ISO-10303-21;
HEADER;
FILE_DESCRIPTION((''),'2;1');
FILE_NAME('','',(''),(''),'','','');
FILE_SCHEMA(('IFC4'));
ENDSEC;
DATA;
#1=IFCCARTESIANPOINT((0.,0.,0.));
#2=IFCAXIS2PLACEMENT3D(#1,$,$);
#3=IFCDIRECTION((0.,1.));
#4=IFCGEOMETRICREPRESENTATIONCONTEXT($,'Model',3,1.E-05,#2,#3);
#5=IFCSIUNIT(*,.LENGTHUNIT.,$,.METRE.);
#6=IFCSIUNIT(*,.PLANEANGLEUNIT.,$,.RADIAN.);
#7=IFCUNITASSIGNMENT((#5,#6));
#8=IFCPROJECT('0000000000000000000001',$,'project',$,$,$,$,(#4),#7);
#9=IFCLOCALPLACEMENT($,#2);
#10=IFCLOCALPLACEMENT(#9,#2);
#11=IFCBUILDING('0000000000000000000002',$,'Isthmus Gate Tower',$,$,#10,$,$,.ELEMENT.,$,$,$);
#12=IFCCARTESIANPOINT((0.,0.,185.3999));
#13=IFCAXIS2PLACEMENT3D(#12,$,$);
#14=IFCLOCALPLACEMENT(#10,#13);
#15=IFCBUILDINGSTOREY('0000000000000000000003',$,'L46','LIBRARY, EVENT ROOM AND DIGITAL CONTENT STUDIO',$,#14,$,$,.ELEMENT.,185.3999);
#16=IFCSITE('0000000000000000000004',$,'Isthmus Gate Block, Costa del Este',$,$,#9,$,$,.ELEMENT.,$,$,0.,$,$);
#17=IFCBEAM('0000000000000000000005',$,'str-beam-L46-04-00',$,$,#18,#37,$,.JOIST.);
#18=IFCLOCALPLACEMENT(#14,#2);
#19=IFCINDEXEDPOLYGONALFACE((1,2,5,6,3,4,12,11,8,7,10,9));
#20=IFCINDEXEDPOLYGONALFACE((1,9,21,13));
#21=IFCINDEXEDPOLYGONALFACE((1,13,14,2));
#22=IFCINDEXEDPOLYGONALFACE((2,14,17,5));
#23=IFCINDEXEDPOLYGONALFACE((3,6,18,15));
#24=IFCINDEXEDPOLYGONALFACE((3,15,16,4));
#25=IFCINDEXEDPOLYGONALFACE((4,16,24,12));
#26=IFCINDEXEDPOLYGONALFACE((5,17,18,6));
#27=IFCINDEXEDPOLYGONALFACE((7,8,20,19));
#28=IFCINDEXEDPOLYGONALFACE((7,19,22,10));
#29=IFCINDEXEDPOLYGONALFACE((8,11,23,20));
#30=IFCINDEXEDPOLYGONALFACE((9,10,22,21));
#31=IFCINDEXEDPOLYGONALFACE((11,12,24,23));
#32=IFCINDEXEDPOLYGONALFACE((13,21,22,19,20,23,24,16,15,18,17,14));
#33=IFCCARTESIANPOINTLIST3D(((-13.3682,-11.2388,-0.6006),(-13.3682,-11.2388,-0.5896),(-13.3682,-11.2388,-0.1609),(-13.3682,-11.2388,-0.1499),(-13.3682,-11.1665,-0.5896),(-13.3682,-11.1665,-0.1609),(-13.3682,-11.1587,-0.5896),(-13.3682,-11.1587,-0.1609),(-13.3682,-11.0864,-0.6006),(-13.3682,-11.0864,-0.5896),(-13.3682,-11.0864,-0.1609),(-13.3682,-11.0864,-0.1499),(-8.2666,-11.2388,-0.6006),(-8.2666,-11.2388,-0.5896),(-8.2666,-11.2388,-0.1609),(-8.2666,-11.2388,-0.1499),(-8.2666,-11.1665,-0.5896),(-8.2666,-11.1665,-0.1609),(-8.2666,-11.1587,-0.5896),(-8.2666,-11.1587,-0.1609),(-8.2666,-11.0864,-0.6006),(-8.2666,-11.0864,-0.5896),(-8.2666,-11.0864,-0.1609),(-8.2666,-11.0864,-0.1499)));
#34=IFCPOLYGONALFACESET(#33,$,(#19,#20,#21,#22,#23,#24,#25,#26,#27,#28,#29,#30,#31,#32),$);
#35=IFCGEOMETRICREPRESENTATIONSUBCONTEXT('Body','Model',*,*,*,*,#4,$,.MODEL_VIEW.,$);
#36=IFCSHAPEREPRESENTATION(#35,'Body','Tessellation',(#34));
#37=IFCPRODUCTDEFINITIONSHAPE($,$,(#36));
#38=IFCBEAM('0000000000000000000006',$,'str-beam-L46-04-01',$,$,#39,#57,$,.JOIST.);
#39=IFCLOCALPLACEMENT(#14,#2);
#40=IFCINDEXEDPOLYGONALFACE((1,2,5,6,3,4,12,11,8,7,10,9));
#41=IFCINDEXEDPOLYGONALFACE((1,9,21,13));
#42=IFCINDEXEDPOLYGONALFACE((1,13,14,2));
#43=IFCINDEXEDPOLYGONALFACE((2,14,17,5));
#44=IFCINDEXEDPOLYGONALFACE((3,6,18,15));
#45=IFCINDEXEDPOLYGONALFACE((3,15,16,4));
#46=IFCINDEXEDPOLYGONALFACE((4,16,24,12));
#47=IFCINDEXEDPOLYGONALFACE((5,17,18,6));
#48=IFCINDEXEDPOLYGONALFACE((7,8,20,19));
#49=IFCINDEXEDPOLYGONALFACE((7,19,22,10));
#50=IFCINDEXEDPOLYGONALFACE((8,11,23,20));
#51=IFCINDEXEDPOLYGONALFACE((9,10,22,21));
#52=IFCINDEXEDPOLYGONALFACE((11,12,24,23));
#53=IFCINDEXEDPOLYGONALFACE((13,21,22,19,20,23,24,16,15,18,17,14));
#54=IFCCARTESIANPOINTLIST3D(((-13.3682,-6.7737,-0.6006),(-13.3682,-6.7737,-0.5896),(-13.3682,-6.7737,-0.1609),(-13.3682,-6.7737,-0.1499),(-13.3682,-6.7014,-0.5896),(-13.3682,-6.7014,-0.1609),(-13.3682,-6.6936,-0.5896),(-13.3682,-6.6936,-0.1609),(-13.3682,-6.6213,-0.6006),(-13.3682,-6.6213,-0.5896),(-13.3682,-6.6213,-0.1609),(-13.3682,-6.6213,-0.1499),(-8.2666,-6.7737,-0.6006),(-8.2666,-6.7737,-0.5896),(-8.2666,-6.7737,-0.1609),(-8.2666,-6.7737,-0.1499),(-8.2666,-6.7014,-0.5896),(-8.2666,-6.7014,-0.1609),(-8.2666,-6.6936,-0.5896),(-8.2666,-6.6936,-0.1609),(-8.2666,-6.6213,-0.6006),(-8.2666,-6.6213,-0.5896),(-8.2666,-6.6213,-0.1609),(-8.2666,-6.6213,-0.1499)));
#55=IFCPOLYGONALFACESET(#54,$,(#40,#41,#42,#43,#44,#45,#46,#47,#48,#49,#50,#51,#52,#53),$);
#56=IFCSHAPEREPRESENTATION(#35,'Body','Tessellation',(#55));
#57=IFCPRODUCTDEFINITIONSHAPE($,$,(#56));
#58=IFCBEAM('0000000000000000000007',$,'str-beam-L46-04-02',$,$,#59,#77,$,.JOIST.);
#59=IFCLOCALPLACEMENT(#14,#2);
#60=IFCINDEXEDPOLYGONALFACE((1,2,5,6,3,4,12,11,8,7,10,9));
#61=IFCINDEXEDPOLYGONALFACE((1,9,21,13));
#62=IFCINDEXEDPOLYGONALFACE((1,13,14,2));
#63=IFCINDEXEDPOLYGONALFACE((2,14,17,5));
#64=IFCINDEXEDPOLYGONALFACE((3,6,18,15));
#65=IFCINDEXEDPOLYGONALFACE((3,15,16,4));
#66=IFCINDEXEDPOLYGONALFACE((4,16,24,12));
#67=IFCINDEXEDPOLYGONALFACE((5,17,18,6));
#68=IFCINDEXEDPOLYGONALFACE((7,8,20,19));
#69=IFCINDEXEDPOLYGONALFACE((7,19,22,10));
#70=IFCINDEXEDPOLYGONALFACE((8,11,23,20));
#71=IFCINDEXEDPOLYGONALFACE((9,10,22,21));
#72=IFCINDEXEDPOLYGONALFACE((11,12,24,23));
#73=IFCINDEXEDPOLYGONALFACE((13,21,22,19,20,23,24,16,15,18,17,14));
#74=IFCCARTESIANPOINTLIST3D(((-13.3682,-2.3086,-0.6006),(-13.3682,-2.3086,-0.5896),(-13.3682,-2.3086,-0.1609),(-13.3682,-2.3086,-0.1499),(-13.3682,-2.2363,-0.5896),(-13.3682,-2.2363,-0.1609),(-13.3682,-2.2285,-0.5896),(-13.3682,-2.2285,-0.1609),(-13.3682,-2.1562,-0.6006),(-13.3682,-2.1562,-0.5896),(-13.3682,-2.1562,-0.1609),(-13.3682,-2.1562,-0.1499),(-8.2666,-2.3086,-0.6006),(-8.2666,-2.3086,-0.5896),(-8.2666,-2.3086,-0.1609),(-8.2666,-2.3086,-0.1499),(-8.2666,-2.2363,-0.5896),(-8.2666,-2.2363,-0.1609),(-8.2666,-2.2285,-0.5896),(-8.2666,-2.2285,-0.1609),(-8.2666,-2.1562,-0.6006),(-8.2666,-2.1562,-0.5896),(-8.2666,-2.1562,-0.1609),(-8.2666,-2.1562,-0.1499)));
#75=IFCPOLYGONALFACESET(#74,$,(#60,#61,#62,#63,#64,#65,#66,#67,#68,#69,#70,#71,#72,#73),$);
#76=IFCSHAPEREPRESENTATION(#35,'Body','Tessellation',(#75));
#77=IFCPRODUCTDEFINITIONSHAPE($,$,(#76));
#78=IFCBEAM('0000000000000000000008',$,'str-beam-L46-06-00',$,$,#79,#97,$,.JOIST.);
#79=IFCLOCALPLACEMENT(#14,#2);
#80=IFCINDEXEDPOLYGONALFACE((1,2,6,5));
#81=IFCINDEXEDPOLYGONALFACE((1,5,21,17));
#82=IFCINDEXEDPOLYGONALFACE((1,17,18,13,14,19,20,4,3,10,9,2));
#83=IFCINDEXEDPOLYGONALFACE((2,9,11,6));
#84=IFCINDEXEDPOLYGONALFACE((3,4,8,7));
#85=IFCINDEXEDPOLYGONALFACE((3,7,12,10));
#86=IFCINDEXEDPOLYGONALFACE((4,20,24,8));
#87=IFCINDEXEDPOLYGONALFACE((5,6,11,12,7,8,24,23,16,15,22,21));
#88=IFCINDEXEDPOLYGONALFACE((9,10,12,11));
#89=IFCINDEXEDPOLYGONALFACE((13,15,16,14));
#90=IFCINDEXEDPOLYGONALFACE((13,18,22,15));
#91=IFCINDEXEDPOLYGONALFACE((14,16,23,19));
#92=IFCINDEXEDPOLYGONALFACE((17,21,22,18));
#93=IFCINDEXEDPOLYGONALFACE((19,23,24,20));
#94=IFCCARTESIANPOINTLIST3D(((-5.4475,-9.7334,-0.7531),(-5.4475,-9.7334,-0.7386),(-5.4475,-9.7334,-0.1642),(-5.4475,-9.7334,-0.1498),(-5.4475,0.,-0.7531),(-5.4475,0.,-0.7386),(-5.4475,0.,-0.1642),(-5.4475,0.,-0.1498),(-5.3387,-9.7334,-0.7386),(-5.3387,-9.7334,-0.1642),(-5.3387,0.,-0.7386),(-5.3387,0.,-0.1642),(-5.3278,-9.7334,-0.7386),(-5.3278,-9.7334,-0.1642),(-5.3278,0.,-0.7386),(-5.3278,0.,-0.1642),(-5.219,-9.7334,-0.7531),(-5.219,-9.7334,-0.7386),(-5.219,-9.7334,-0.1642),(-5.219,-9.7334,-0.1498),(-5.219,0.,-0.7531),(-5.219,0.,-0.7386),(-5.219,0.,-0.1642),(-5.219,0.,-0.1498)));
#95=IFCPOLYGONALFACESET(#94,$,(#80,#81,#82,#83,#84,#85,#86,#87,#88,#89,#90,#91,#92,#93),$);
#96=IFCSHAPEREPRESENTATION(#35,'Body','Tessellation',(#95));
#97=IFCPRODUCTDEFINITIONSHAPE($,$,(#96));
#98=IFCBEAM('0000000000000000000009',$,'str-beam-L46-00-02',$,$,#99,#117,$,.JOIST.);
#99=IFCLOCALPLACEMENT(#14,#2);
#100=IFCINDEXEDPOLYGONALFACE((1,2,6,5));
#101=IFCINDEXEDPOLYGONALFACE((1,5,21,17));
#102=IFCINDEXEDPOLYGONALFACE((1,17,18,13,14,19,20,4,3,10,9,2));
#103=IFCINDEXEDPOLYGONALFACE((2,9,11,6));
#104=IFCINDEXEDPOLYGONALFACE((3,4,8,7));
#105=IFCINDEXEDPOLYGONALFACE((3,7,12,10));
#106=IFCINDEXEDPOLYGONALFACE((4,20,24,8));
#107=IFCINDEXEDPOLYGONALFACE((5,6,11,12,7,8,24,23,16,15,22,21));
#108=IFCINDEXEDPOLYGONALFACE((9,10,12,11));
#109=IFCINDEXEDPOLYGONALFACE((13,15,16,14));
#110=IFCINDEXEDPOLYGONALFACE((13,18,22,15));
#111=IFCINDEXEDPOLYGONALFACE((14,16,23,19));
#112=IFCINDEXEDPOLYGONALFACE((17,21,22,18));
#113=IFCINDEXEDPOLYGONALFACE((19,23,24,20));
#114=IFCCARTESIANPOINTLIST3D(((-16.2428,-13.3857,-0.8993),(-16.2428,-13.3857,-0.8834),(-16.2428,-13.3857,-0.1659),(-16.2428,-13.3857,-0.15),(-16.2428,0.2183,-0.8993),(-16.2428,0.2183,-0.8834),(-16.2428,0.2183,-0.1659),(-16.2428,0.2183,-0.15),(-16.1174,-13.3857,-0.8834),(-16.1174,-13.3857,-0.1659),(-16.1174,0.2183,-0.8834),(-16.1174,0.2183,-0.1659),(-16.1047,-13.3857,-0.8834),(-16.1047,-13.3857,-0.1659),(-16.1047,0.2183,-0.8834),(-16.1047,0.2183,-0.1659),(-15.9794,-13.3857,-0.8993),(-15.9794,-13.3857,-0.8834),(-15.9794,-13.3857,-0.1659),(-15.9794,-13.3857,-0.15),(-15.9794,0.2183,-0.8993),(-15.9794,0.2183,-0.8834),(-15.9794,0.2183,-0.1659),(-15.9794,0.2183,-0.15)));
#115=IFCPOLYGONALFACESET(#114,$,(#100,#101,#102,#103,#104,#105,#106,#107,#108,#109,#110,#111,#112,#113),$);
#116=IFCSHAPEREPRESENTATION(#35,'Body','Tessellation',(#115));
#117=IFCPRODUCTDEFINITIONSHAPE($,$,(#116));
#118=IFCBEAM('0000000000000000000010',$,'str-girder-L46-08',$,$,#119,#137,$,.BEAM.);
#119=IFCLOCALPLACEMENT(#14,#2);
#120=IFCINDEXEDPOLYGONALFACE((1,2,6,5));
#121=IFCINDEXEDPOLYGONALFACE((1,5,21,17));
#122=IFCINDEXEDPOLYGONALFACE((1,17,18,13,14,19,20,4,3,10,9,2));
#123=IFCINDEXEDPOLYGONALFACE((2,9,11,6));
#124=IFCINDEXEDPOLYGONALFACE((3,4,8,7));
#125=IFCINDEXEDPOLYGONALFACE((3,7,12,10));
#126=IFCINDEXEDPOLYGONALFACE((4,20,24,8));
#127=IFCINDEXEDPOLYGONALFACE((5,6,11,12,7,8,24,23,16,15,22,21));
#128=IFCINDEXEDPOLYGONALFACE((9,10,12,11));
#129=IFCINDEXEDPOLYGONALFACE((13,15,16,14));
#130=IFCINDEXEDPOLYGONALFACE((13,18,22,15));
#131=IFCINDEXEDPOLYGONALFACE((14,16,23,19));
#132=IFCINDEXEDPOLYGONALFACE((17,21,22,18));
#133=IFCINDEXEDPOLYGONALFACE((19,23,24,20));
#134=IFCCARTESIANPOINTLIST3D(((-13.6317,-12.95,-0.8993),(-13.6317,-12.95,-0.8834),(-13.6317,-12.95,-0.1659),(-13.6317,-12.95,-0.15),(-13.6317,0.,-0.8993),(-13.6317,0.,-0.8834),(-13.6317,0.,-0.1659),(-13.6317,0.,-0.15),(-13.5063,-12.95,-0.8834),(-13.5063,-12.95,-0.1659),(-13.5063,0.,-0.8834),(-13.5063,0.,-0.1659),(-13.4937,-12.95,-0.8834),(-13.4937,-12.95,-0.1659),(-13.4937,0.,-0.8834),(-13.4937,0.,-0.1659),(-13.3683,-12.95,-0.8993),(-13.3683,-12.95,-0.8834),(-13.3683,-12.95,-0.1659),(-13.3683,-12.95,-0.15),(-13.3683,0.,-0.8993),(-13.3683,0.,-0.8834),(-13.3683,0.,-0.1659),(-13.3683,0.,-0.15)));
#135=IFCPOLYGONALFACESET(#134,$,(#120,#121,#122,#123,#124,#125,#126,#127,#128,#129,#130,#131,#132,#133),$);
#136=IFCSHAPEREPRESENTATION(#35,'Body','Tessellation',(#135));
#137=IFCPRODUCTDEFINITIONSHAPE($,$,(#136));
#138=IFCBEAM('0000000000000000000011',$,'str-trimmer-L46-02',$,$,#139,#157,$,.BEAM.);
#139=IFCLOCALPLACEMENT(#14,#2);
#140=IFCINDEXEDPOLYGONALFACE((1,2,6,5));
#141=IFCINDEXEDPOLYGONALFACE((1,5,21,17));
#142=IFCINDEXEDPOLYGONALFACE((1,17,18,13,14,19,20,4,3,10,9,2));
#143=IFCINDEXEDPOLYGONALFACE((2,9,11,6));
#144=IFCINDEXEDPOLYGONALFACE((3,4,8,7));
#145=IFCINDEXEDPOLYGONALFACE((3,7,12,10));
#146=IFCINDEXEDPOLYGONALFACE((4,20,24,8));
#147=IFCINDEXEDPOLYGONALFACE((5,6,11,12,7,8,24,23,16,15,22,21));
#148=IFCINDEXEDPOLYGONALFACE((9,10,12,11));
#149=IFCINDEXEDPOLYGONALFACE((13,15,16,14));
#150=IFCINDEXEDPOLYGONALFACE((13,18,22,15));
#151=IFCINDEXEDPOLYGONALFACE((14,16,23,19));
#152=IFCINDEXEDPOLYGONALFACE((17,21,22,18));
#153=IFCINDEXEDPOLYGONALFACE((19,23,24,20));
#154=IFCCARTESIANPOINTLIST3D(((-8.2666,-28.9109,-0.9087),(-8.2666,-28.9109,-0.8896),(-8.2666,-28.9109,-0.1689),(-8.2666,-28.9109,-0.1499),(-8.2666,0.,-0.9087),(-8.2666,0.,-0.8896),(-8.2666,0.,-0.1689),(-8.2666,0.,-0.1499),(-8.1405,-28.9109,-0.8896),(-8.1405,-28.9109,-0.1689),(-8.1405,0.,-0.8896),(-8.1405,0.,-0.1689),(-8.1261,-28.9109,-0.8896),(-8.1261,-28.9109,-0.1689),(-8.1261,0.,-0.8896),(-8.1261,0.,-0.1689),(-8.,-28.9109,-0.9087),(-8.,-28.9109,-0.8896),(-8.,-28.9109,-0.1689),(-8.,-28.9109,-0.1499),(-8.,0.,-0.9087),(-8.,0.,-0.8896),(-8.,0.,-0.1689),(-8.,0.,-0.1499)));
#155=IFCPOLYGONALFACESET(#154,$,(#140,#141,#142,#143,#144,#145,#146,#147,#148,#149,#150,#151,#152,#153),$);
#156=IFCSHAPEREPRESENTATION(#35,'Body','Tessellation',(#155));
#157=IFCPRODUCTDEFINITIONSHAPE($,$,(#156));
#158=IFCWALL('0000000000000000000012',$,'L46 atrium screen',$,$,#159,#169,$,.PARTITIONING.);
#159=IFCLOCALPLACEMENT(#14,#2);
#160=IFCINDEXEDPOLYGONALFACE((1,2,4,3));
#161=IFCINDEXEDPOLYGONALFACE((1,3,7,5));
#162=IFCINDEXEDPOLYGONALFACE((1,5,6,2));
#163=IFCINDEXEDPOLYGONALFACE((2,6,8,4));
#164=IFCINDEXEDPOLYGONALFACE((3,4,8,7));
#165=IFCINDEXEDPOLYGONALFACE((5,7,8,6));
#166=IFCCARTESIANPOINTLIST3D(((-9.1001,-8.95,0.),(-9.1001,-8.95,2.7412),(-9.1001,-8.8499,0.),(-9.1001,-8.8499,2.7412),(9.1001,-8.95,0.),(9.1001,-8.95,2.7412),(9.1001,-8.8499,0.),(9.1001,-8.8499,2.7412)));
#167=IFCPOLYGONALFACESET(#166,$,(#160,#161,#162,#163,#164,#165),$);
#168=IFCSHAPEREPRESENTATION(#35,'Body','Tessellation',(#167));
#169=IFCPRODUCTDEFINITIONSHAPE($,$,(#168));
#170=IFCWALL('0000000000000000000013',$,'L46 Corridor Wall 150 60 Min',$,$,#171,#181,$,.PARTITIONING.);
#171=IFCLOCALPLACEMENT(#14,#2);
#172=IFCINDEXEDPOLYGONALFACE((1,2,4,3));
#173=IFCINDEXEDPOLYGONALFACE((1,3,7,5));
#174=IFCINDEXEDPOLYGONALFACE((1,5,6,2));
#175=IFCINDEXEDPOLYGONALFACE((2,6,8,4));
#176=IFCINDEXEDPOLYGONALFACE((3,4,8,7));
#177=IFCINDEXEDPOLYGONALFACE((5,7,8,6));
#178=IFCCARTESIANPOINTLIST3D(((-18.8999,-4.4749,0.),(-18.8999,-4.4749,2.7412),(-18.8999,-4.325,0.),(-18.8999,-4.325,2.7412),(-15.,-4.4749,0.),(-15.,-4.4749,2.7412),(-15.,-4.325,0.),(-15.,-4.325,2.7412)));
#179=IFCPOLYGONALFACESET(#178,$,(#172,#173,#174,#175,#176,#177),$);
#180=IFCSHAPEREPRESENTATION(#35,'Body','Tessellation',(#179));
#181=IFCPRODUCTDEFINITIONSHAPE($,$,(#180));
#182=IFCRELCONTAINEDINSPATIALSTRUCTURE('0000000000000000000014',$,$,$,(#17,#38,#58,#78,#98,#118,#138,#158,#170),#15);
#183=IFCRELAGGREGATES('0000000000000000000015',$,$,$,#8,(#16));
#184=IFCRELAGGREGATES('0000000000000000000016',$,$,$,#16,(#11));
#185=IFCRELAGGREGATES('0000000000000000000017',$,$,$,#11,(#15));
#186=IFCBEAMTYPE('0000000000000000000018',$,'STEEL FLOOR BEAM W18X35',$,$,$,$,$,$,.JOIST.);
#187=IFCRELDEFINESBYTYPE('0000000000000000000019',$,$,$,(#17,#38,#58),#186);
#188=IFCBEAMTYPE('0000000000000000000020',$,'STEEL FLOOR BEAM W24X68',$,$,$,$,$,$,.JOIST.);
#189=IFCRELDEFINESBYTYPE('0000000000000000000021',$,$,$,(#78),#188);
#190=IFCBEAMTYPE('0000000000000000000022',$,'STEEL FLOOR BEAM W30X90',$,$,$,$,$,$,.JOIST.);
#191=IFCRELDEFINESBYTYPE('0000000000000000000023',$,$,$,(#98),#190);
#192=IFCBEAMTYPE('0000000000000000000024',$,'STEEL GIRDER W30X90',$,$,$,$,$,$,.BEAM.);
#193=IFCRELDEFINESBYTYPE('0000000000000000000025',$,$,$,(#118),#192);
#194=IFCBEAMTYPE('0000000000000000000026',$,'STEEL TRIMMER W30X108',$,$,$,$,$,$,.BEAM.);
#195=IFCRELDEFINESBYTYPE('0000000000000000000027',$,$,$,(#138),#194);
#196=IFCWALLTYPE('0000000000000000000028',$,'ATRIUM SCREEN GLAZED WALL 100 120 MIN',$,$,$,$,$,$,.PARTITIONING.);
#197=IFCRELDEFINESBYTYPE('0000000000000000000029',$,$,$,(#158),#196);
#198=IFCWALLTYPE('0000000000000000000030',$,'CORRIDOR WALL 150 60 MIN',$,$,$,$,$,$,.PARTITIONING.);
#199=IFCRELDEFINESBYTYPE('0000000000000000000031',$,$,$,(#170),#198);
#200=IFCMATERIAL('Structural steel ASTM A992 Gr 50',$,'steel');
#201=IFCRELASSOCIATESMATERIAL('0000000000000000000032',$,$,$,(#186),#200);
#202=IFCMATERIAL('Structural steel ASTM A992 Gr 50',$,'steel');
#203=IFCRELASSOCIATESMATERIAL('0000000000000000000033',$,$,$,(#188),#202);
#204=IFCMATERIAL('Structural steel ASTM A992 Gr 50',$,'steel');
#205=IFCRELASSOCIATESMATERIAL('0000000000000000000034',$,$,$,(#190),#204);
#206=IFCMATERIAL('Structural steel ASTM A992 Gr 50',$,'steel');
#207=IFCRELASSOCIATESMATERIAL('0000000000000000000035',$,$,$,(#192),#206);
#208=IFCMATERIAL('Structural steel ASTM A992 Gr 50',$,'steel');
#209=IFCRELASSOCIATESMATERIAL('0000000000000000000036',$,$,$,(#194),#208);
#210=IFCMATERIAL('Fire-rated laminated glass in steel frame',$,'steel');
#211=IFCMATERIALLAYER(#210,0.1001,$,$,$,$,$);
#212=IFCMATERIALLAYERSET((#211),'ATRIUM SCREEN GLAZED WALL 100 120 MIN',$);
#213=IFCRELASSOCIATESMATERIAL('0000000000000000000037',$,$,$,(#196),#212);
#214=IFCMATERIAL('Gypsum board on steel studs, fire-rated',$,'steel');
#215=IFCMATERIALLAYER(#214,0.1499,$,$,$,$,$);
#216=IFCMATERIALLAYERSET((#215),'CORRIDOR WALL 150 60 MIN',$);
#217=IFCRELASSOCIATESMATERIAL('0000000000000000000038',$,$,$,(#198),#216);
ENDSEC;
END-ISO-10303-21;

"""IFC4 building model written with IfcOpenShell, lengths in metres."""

from ifc_helpers import new_model, si_unit, direction, frame, frame_2d, origin, origin_2d, place, context, subcontext, project, spatial, rectangle, i_section, extrude, material, layer, layer_set, material_profile, profile_set, type_object, element, save


model = new_model("IFC4")

# Units and contexts
model_context = context("Model", 3, precision=1e-05, world=origin(), true_north=direction((0.0, 1.0)))
body_context = subcontext(model_context, "Body", "Model", "MODEL_VIEW")
ifc_project = project(units=[si_unit("LENGTHUNIT", "METRE"), si_unit("PLANEANGLEUNIT", "RADIAN")], contexts=[model_context])

# Site, building, storey
site_placement = place(None, origin())
site = spatial("IfcSite", under=ifc_project, at=site_placement, Name="Isthmus Gate Block, Costa del Este", CompositionType="ELEMENT", RefElevation=0.0)
building_placement = place(site_placement, origin())
building = spatial("IfcBuilding", under=site, at=building_placement, Name="Isthmus Gate Tower", CompositionType="ELEMENT")
storey_placement = place(building_placement, frame((0.0, 0.0, 185.3999)))
storey = spatial("IfcBuildingStorey", under=building, at=storey_placement, Name="L46", Description="LIBRARY, EVENT ROOM AND DIGITAL CONTENT STUDIO", CompositionType="ELEMENT", Elevation=185.3999)

# Beams
ifc_material_1 = material(Name="Structural steel ASTM A992 Gr 50", Category="steel")
ifc_material_profile_1 = material_profile(ifc_material_1, i_section(OverallWidth=0.1523, OverallDepth=0.4507, WebThickness=0.0078, FlangeThickness=0.011, at=origin_2d()), Name="W18X35")
ifc_profile_set_1 = profile_set([ifc_material_profile_1], Name="Structural steel ASTM A992 Gr 50")
beam_type_1 = type_object("IfcBeamType", Name="STEEL FLOOR BEAM W18X35", PredefinedType="JOIST", material=ifc_profile_set_1)
for number, where, z_axis, x_axis, name in (
    (1, (-13.3682, -11.1626, -0.3752), (1.0, 0.0, 0.0), (0.0, 1.0, 0.0), "str-beam-L46-04-00"),
    (2, (-13.3682, -6.6975, -0.3752), (1.0, 0.0, 0.0), (0.0, 1.0, 0.0), "str-beam-L46-04-01"),
    (3, (-13.3682, -2.2324, -0.3752), (1.0, 0.0, 0.0), (0.0, 1.0, 0.0), "str-beam-L46-04-02"),
):
    element("IfcBeam", number, at=place(storey_placement, frame(where, z_axis=z_axis, x_axis=x_axis)), inside=storey, type_object=beam_type_1, Name=name, PredefinedType="JOIST", context=body_context, shape_type="SweptSolid", body=[
        extrude(i_section(OverallWidth=0.1523, OverallDepth=0.4507, WebThickness=0.0078, FlangeThickness=0.011, at=origin_2d()), origin(), (0.0, 0.0, 1.0), 5.1016),
    ])
ifc_material_2 = material(Name="Structural steel ASTM A992 Gr 50", Category="steel")
ifc_material_profile_2 = material_profile(ifc_material_2, i_section(OverallWidth=0.2285, OverallDepth=0.6033, WebThickness=0.011, FlangeThickness=0.0144, at=origin_2d()), Name="W24X68")
ifc_profile_set_2 = profile_set([ifc_material_profile_2], Name="Structural steel ASTM A992 Gr 50")
beam_type_2 = type_object("IfcBeamType", Name="STEEL FLOOR BEAM W24X68", PredefinedType="JOIST", material=ifc_profile_set_2)
beam_1_placement = place(storey_placement, frame((-5.3333, -9.7334, -0.4514), z_axis=(0.0, 1.0, 0.0), x_axis=(-1.0, 0.0, 0.0)))
element("IfcBeam", 4, at=beam_1_placement, inside=storey, type_object=beam_type_2, Name="str-beam-L46-06-00", PredefinedType="JOIST", context=body_context, shape_type="SweptSolid", body=[
    extrude(i_section(OverallWidth=0.2285, OverallDepth=0.6033, WebThickness=0.011, FlangeThickness=0.0144, at=origin_2d()), origin(), (0.0, 0.0, 1.0), 9.7334),
])
ifc_material_3 = material(Name="Structural steel ASTM A992 Gr 50", Category="steel")
ifc_material_profile_3 = material_profile(ifc_material_3, i_section(OverallWidth=0.2634, OverallDepth=0.7493, WebThickness=0.0127, FlangeThickness=0.0159, at=origin_2d()), Name="W30X90")
ifc_profile_set_3 = profile_set([ifc_material_profile_3], Name="Structural steel ASTM A992 Gr 50")
beam_type_3 = type_object("IfcBeamType", Name="STEEL FLOOR BEAM W30X90", PredefinedType="JOIST", material=ifc_profile_set_3)
beam_2_placement = place(storey_placement, frame((-16.1111, -13.3857, -0.5247), z_axis=(0.0, 1.0, 0.0), x_axis=(-1.0, 0.0, 0.0)))
element("IfcBeam", 5, at=beam_2_placement, inside=storey, type_object=beam_type_3, Name="str-beam-L46-00-02", PredefinedType="JOIST", context=body_context, shape_type="SweptSolid", body=[
    extrude(i_section(OverallWidth=0.2634, OverallDepth=0.7493, WebThickness=0.0127, FlangeThickness=0.0159, at=origin_2d()), origin(), (0.0, 0.0, 1.0), 13.604),
])
ifc_material_4 = material(Name="Structural steel ASTM A992 Gr 50", Category="steel")
ifc_material_profile_4 = material_profile(ifc_material_4, i_section(OverallWidth=0.2634, OverallDepth=0.7493, WebThickness=0.0127, FlangeThickness=0.0159, at=origin_2d()), Name="W30X90")
ifc_profile_set_4 = profile_set([ifc_material_profile_4], Name="Structural steel ASTM A992 Gr 50")
beam_type_4 = type_object("IfcBeamType", Name="STEEL GIRDER W30X90", PredefinedType="BEAM", material=ifc_profile_set_4)
beam_3_placement = place(storey_placement, frame((-13.5, -12.95, -0.5247), z_axis=(0.0, 1.0, 0.0), x_axis=(-1.0, 0.0, 0.0)))
element("IfcBeam", 6, at=beam_3_placement, inside=storey, type_object=beam_type_4, Name="str-girder-L46-08", PredefinedType="BEAM", context=body_context, shape_type="SweptSolid", body=[
    extrude(i_section(OverallWidth=0.2634, OverallDepth=0.7493, WebThickness=0.0127, FlangeThickness=0.0159, at=origin_2d()), origin(), (0.0, 0.0, 1.0), 12.95),
])
ifc_material_5 = material(Name="Structural steel ASTM A992 Gr 50", Category="steel")
ifc_material_profile_5 = material_profile(ifc_material_5, i_section(OverallWidth=0.2666, OverallDepth=0.7588, WebThickness=0.0144, FlangeThickness=0.019, at=origin_2d()), Name="W30X108")
ifc_profile_set_5 = profile_set([ifc_material_profile_5], Name="Structural steel ASTM A992 Gr 50")
beam_type_5 = type_object("IfcBeamType", Name="STEEL TRIMMER W30X108", PredefinedType="BEAM", material=ifc_profile_set_5)
beam_4_placement = place(storey_placement, frame((-8.1333, 0.0, -0.5293), z_axis=(0.0, -1.0, 0.0), x_axis=(1.0, 0.0, 0.0)))
element("IfcBeam", 7, at=beam_4_placement, inside=storey, type_object=beam_type_5, Name="str-trimmer-L46-02", PredefinedType="BEAM", context=body_context, shape_type="SweptSolid", body=[
    extrude(i_section(OverallWidth=0.2666, OverallDepth=0.7588, WebThickness=0.0144, FlangeThickness=0.019, at=origin_2d()), origin(), (0.0, 0.0, 1.0), 28.9109),
])

# Walls
ifc_material_6 = material(Name="Fire-rated laminated glass in steel frame", Category="steel")
ifc_layer_1 = layer(ifc_material_6, 0.1001)
ifc_layer_set_1 = layer_set([ifc_layer_1], Name="ATRIUM SCREEN GLAZED WALL 100 120 MIN")
wall_type_1 = type_object("IfcWallType", Name="ATRIUM SCREEN GLAZED WALL 100 120 MIN", PredefinedType="PARTITIONING", material=ifc_layer_set_1)
wall_1_placement = place(storey_placement, frame((-9.1001, -8.8999, 0.0), z_axis=(0.0, 0.0, 1.0), x_axis=(1.0, 0.0, 0.0)))
element("IfcWall", 8, at=wall_1_placement, inside=storey, type_object=wall_type_1, Name="L46 atrium screen", PredefinedType="PARTITIONING", context=body_context, shape_type="SweptSolid", body=[
    extrude(rectangle(XDim=18.2002, YDim=0.1001, at=frame_2d((9.1001, 0.0))), origin(), (0.0, 0.0, 1.0), 2.7412),
])
ifc_material_7 = material(Name="Gypsum board on steel studs, fire-rated", Category="steel")
ifc_layer_2 = layer(ifc_material_7, 0.1499)
ifc_layer_set_2 = layer_set([ifc_layer_2], Name="CORRIDOR WALL 150 60 MIN")
wall_type_2 = type_object("IfcWallType", Name="CORRIDOR WALL 150 60 MIN", PredefinedType="PARTITIONING", material=ifc_layer_set_2)
wall_2_placement = place(storey_placement, frame((-15.0, -4.3999, 0.0), z_axis=(0.0, 0.0, 1.0), x_axis=(-1.0, 0.0, 0.0)))
element("IfcWall", 9, at=wall_2_placement, inside=storey, type_object=wall_type_2, Name="L46 Corridor Wall 150 60 Min", PredefinedType="PARTITIONING", context=body_context, shape_type="SweptSolid", body=[
    extrude(rectangle(XDim=3.8999, YDim=0.1499, at=frame_2d((1.95, 0.0))), origin(), (0.0, 0.0, 1.0), 2.7412),
])

save(model, "model.ifc")
